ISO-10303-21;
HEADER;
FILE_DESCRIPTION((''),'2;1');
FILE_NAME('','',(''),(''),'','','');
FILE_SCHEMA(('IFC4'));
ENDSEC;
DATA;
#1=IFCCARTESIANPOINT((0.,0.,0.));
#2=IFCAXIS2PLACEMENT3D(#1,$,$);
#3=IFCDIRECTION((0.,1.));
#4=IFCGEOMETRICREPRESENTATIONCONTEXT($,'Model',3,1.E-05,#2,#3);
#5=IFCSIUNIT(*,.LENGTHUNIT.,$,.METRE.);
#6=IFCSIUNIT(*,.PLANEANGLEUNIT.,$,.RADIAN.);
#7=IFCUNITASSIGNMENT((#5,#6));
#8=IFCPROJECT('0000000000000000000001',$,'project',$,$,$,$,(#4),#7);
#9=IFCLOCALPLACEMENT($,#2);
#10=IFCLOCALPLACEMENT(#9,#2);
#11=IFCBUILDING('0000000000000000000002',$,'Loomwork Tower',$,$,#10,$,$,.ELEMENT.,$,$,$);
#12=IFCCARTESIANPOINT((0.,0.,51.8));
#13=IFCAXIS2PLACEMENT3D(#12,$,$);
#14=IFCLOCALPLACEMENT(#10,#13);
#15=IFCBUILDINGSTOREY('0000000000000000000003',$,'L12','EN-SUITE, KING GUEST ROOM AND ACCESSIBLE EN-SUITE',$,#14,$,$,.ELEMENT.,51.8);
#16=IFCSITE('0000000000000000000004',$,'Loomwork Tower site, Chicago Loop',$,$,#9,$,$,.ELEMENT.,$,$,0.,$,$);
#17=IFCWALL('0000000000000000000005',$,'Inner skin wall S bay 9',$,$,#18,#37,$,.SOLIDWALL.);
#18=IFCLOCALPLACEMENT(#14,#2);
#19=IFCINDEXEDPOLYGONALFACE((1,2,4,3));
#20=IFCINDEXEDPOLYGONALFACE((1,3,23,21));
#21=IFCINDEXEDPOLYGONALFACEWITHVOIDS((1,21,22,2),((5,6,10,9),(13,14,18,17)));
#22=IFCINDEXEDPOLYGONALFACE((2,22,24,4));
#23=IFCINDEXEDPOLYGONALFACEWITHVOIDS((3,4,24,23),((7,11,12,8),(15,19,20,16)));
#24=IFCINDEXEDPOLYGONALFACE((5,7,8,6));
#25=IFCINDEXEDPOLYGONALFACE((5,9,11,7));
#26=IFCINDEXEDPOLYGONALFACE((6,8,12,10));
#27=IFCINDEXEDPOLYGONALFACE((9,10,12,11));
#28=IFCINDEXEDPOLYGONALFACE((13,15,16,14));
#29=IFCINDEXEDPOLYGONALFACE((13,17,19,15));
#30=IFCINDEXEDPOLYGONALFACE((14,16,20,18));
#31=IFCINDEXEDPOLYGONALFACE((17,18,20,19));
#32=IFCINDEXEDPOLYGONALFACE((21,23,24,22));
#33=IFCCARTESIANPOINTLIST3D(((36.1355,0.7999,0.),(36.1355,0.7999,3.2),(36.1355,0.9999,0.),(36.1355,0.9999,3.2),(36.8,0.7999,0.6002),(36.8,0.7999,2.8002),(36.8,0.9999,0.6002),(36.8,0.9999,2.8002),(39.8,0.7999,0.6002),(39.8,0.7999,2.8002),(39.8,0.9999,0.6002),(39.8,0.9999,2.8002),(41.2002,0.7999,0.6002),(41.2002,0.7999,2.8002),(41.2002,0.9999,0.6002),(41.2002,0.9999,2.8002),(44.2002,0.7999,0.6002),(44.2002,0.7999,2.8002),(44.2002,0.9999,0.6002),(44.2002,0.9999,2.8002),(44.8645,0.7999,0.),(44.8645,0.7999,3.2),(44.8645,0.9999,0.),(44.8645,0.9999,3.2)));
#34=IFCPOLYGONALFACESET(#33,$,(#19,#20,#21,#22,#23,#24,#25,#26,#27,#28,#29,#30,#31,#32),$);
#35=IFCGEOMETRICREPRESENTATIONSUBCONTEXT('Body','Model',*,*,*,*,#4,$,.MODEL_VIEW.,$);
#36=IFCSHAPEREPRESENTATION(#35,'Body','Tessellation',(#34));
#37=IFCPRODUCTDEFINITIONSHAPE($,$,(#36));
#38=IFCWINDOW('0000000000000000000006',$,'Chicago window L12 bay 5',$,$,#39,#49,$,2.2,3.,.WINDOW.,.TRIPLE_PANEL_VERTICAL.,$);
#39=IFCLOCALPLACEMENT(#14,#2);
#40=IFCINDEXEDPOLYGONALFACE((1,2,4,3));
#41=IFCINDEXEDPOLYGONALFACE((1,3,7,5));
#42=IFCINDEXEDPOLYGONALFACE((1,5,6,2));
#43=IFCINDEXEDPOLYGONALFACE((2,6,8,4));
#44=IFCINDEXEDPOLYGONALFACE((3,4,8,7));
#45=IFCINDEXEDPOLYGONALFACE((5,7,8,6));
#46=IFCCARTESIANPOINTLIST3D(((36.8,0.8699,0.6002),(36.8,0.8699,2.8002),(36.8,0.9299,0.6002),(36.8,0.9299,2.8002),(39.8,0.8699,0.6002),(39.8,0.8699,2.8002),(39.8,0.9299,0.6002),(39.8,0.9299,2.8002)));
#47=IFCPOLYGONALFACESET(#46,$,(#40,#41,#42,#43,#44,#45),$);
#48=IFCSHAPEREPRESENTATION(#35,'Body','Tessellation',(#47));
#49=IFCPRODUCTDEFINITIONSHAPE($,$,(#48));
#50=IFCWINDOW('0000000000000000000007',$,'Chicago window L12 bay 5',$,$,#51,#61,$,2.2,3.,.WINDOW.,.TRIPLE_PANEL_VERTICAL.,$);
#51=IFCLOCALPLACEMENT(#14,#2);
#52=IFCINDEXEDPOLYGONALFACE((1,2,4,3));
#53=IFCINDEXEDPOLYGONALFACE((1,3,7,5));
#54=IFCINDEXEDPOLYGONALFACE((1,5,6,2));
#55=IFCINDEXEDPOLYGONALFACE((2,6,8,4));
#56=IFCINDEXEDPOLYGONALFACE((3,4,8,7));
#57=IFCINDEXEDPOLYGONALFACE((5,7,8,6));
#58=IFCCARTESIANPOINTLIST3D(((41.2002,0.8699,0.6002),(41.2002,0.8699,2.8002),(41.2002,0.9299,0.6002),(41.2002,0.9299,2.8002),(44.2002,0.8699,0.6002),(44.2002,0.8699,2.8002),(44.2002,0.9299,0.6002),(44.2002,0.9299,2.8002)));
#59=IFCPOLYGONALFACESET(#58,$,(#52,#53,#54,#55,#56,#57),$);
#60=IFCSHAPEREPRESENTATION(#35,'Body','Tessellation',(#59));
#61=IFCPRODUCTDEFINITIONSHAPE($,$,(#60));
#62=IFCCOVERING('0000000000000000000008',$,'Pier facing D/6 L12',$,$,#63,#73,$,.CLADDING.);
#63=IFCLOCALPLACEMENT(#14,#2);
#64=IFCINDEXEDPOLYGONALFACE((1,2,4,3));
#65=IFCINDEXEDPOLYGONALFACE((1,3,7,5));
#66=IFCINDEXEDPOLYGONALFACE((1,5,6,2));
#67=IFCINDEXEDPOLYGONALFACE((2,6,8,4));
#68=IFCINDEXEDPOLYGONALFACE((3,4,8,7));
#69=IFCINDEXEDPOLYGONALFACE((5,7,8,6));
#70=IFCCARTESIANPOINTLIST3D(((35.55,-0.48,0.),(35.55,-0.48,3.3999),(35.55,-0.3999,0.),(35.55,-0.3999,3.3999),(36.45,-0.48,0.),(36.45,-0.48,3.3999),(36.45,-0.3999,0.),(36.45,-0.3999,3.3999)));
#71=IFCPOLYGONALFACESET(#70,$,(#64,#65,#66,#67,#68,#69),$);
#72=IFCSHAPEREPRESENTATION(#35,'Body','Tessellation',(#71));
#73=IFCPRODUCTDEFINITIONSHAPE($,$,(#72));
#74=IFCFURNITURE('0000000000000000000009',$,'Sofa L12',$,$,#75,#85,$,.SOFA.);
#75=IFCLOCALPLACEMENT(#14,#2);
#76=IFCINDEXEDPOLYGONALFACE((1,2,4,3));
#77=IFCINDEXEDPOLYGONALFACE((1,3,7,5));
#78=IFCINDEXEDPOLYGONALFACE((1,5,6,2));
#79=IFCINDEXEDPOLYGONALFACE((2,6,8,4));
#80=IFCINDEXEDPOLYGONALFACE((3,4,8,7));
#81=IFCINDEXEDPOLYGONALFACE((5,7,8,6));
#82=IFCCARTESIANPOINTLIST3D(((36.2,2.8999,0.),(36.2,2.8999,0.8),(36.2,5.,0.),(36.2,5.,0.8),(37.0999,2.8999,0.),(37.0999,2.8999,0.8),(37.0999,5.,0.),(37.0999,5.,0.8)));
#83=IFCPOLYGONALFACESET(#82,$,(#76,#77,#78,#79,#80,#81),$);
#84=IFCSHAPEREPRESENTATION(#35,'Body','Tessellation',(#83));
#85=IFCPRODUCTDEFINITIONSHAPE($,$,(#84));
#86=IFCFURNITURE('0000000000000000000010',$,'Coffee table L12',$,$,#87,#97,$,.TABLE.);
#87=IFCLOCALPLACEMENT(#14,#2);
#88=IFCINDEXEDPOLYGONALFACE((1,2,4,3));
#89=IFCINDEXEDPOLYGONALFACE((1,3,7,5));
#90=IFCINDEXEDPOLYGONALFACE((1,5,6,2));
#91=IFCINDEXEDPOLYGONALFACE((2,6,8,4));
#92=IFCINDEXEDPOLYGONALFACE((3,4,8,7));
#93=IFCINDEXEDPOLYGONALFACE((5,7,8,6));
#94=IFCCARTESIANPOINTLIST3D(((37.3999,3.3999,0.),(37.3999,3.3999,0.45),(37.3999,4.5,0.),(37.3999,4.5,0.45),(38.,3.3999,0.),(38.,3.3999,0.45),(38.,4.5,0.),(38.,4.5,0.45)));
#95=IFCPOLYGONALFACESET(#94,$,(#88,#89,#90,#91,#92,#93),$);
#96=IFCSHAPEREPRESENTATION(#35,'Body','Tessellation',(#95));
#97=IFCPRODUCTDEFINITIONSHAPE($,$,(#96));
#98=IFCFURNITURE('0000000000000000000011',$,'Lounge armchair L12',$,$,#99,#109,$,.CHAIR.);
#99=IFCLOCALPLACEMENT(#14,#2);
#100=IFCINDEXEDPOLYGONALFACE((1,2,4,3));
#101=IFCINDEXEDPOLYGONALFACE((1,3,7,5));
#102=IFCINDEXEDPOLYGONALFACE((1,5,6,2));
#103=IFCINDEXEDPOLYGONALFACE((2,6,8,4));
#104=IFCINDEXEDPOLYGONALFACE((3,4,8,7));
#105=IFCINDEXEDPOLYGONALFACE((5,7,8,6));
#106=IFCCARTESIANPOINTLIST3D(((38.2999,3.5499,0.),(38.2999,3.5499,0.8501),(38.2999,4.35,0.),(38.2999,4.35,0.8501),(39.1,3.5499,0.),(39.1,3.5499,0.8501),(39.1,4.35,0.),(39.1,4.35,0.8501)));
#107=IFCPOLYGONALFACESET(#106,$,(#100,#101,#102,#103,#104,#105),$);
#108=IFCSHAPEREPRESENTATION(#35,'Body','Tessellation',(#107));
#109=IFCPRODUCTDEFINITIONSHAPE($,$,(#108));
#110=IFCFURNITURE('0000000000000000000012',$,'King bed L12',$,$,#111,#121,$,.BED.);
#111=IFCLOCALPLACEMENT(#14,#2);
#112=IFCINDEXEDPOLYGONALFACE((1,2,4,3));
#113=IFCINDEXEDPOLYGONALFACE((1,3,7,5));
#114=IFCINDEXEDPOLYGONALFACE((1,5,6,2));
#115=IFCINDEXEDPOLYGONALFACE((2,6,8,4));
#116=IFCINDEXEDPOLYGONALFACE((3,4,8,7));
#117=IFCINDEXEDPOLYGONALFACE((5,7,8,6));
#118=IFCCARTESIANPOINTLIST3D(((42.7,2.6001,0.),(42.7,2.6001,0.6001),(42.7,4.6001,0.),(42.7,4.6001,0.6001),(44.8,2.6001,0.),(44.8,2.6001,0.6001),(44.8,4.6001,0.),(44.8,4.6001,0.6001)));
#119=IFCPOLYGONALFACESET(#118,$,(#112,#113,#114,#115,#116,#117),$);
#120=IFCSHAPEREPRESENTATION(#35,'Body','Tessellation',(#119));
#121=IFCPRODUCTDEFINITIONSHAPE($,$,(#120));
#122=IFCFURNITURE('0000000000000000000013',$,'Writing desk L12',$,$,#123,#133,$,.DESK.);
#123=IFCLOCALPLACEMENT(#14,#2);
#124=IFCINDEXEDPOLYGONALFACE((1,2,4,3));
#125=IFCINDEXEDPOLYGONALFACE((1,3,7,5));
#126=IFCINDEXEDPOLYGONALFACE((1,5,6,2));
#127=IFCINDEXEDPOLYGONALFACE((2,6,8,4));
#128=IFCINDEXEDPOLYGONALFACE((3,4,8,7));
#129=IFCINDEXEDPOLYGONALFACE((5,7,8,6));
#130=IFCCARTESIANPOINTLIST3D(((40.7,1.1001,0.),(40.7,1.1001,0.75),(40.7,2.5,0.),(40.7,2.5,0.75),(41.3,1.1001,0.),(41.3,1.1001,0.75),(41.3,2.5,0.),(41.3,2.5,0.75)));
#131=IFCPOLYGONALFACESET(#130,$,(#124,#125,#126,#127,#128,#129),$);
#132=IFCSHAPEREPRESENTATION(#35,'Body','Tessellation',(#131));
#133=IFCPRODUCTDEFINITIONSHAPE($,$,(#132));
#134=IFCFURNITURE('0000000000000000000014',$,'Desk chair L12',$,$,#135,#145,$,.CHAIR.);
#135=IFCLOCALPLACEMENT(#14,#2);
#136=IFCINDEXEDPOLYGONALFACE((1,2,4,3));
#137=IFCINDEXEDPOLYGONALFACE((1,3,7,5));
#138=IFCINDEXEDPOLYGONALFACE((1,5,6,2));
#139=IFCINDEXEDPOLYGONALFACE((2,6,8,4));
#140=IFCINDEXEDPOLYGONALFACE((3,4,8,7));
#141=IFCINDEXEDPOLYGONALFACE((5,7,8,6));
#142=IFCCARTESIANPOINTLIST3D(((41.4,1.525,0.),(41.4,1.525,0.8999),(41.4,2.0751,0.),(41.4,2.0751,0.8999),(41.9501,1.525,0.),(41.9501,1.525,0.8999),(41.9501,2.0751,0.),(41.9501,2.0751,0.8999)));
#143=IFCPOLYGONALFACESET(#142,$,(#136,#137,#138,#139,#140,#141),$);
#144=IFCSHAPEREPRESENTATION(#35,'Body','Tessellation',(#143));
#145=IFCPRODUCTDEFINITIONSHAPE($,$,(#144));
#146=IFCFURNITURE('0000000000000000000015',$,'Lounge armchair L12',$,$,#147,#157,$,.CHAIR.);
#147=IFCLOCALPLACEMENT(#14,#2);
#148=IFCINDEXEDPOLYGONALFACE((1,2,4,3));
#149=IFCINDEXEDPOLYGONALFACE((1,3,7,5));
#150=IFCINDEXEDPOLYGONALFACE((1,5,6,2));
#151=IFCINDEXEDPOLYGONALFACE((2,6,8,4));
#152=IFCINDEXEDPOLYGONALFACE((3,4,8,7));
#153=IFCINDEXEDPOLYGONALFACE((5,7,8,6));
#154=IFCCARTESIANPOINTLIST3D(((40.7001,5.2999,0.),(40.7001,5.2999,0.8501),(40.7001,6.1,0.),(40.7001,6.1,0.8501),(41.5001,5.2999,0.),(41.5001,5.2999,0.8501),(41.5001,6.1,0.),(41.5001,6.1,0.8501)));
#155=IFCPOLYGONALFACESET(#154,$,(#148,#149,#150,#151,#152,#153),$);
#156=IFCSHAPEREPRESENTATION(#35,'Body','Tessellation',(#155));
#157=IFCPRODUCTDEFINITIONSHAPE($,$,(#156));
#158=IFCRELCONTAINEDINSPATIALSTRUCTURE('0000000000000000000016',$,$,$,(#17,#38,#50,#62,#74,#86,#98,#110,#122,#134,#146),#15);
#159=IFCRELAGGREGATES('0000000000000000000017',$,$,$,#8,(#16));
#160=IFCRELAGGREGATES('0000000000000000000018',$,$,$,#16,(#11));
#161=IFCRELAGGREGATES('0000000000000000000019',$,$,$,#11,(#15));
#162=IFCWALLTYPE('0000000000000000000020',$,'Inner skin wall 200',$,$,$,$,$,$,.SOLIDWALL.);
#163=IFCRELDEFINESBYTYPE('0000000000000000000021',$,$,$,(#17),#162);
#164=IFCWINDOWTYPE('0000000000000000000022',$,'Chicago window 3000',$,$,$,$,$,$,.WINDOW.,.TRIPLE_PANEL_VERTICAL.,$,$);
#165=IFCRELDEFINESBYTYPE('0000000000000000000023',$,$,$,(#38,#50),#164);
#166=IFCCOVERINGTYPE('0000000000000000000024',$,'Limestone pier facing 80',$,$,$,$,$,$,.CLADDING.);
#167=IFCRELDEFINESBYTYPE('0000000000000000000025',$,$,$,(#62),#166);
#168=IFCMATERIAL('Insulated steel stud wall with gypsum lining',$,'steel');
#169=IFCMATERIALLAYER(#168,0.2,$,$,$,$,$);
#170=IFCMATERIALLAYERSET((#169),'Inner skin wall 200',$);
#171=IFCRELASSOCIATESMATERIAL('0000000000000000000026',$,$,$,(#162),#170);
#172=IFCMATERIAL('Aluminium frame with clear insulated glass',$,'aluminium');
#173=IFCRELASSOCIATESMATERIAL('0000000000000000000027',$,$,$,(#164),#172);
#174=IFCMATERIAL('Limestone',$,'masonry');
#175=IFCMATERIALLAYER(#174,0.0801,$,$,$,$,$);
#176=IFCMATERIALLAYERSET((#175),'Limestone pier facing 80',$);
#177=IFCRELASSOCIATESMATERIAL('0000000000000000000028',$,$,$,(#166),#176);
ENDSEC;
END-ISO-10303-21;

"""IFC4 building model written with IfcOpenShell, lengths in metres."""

from ifc_helpers import new_model, si_unit, direction, frame, frame_2d, origin, origin_2d, place, context, subcontext, project, spatial, rectangle, extrude, material, layer, layer_set, type_object, element, fill, save


model = new_model("IFC4")

# Units and contexts
model_context = context("Model", 3, precision=1e-05, world=origin(), true_north=direction((0.0, 1.0)))
body_context = subcontext(model_context, "Body", "Model", "MODEL_VIEW")
ifc_project = project(units=[si_unit("LENGTHUNIT", "METRE"), si_unit("PLANEANGLEUNIT", "RADIAN")], contexts=[model_context])

# Site, building, storey
site_placement = place(None, origin())
site = spatial("IfcSite", under=ifc_project, at=site_placement, Name="Loomwork Tower site, Chicago Loop", CompositionType="ELEMENT", RefElevation=0.0)
building_placement = place(site_placement, origin())
building = spatial("IfcBuilding", under=site, at=building_placement, Name="Loomwork Tower", CompositionType="ELEMENT")
storey_placement = place(building_placement, frame((0.0, 0.0, 51.8)))
storey = spatial("IfcBuildingStorey", under=building, at=storey_placement, Name="L12", Description="EN-SUITE, KING GUEST ROOM AND ACCESSIBLE EN-SUITE", CompositionType="ELEMENT", Elevation=51.8)

# Wall, openings, windows
ifc_material_1 = material(Name="Insulated steel stud wall with gypsum lining", Category="steel")
ifc_layer_1 = layer(ifc_material_1, 0.2)
ifc_layer_set_1 = layer_set([ifc_layer_1], Name="Inner skin wall 200")
wall_type = type_object("IfcWallType", Name="Inner skin wall 200", PredefinedType="SOLIDWALL", material=ifc_layer_set_1)
wall_placement = place(storey_placement, frame((36.1355, 0.8999, 0.0), z_axis=(0.0, 0.0, 1.0), x_axis=(1.0, 0.0, 0.0)))
wall = element("IfcWall", 1, at=wall_placement, inside=storey, type_object=wall_type, Name="Inner skin wall S bay 9", PredefinedType="SOLIDWALL", context=body_context, shape_type="SweptSolid", body=[
    extrude(rectangle(XDim=8.729, YDim=0.2, at=frame_2d((4.3645, 0.0))), origin(), (0.0, 0.0, 1.0), 3.2),
])
opening_1_placement = place(wall_placement, frame((0.6646, 0.0, 0.6001)))
opening_1 = element("IfcOpeningElement", 2, at=opening_1_placement, cuts=wall, PredefinedType="OPENING", context=body_context, shape_type="SweptSolid", body=[
    extrude(rectangle(XDim=3.0, YDim=2.2, at=frame_2d((1.5, 1.1001))), frame((0.0, 0.1099, 0.0), z_axis=(0.0, -1.0, 0.0), x_axis=(1.0, 0.0, 0.0)), (0.0, 0.0, 1.0), 0.22),
])
opening_2_placement = place(wall_placement, frame((5.0647, 0.0, 0.6001)))
opening_2 = element("IfcOpeningElement", 3, at=opening_2_placement, cuts=wall, PredefinedType="OPENING", context=body_context, shape_type="SweptSolid", body=[
    extrude(rectangle(XDim=3.0, YDim=2.2, at=frame_2d((1.5, 1.1001))), frame((0.0, 0.1099, 0.0), z_axis=(0.0, -1.0, 0.0), x_axis=(1.0, 0.0, 0.0)), (0.0, 0.0, 1.0), 0.22),
])
ifc_material_2 = material(Name="Aluminium frame with clear insulated glass", Category="aluminium")
window_type = type_object("IfcWindowType", Name="Chicago window 3000", PartitioningType="TRIPLE_PANEL_VERTICAL", PredefinedType="WINDOW", material=ifc_material_2)
window_1_placement = place(opening_1_placement, origin())
window_1 = element("IfcWindow", 4, at=window_1_placement, inside=storey, type_object=window_type, Name="Chicago window L12 bay 5", OverallHeight=2.2, OverallWidth=3.0, PartitioningType="TRIPLE_PANEL_VERTICAL", PredefinedType="WINDOW", context=body_context, shape_type="SweptSolid", body=[
    extrude(rectangle(XDim=3.0, YDim=2.2, at=frame_2d((1.5, 1.1001))), frame((0.0, 0.03, 0.0), z_axis=(0.0, -1.0, 0.0), x_axis=(1.0, 0.0, 0.0)), (0.0, 0.0, 1.0), 0.0601),
])
fill(opening_1, window_1)
window_2_placement = place(opening_2_placement, origin())
window_2 = element("IfcWindow", 5, at=window_2_placement, inside=storey, type_object=window_type, Name="Chicago window L12 bay 5", OverallHeight=2.2, OverallWidth=3.0, PartitioningType="TRIPLE_PANEL_VERTICAL", PredefinedType="WINDOW", context=body_context, shape_type="SweptSolid", body=[
    extrude(rectangle(XDim=3.0, YDim=2.2, at=frame_2d((1.5, 1.1001))), frame((0.0, 0.03, 0.0), z_axis=(0.0, -1.0, 0.0), x_axis=(1.0, 0.0, 0.0)), (0.0, 0.0, 1.0), 0.0601),
])
fill(opening_2, window_2)

# Covering
ifc_material_3 = material(Name="Limestone", Category="masonry")
ifc_layer_2 = layer(ifc_material_3, 0.0801)
ifc_layer_set_2 = layer_set([ifc_layer_2], Name="Limestone pier facing 80")
covering_type = type_object("IfcCoveringType", Name="Limestone pier facing 80", PredefinedType="CLADDING", material=ifc_layer_set_2)
covering_placement = place(storey_placement, frame((36.0, -0.4399, 0.0), z_axis=(0.0, 0.0, 1.0), x_axis=(1.0, 0.0, 0.0)))
element("IfcCovering", 6, at=covering_placement, inside=storey, type_object=covering_type, Name="Pier facing D/6 L12", PredefinedType="CLADDING", context=body_context, shape_type="SweptSolid", body=[
    extrude(rectangle(XDim=0.8999, YDim=0.0801, at=origin_2d()), origin(), (0.0, 0.0, 1.0), 3.3999),
])

# Furniture
furniture_1_placement = place(storey_placement, frame((36.6499, 3.95, 0.0), z_axis=(0.0, 0.0, 1.0), x_axis=(1.0, 0.0, 0.0)))
element("IfcFurniture", 7, at=furniture_1_placement, inside=storey, Name="Sofa L12", PredefinedType="SOFA", context=body_context, shape_type="SweptSolid", body=[
    extrude(rectangle(XDim=0.8999, YDim=2.1001, at=origin_2d()), origin(), (0.0, 0.0, 1.0), 0.8),
])
furniture_2_placement = place(storey_placement, frame((37.7, 3.95, 0.0), z_axis=(0.0, 0.0, 1.0), x_axis=(1.0, 0.0, 0.0)))
element("IfcFurniture", 8, at=furniture_2_placement, inside=storey, Name="Coffee table L12", PredefinedType="TABLE", context=body_context, shape_type="SweptSolid", body=[
    extrude(rectangle(XDim=0.6001, YDim=1.1001, at=origin_2d()), origin(), (0.0, 0.0, 1.0), 0.45),
])
furniture_3_placement = place(storey_placement, frame((38.7, 3.95, 0.0), z_axis=(0.0, 0.0, 1.0), x_axis=(1.0, 0.0, 0.0)))
element("IfcFurniture", 9, at=furniture_3_placement, inside=storey, Name="Lounge armchair L12", PredefinedType="CHAIR", context=body_context, shape_type="SweptSolid", body=[
    extrude(rectangle(XDim=0.8, YDim=0.8, at=origin_2d()), origin(), (0.0, 0.0, 1.0), 0.8501),
])
furniture_4_placement = place(storey_placement, frame((43.75, 3.6001, 0.0), z_axis=(0.0, 0.0, 1.0), x_axis=(1.0, 0.0, 0.0)))
element("IfcFurniture", 10, at=furniture_4_placement, inside=storey, Name="King bed L12", PredefinedType="BED", context=body_context, shape_type="SweptSolid", body=[
    extrude(rectangle(XDim=2.1001, YDim=2.0, at=origin_2d()), origin(), (0.0, 0.0, 1.0), 0.6001),
])
furniture_5_placement = place(storey_placement, frame((41.0, 1.8, 0.0), z_axis=(0.0, 0.0, 1.0), x_axis=(1.0, 0.0, 0.0)))
element("IfcFurniture", 11, at=furniture_5_placement, inside=storey, Name="Writing desk L12", PredefinedType="DESK", context=body_context, shape_type="SweptSolid", body=[
    extrude(rectangle(XDim=0.6001, YDim=1.3999, at=origin_2d()), origin(), (0.0, 0.0, 1.0), 0.75),
])
furniture_6_placement = place(storey_placement, frame((41.675, 1.8, 0.0), z_axis=(0.0, 0.0, 1.0), x_axis=(1.0, 0.0, 0.0)))
element("IfcFurniture", 12, at=furniture_6_placement, inside=storey, Name="Desk chair L12", PredefinedType="CHAIR", context=body_context, shape_type="SweptSolid", body=[
    extrude(rectangle(XDim=0.55, YDim=0.55, at=origin_2d()), origin(), (0.0, 0.0, 1.0), 0.8999),
])
furniture_7_placement = place(storey_placement, frame((41.1001, 5.7, 0.0), z_axis=(0.0, 0.0, 1.0), x_axis=(1.0, 0.0, 0.0)))
element("IfcFurniture", 13, at=furniture_7_placement, inside=storey, Name="Lounge armchair L12", PredefinedType="CHAIR", context=body_context, shape_type="SweptSolid", body=[
    extrude(rectangle(XDim=0.8, YDim=0.8, at=origin_2d()), origin(), (0.0, 0.0, 1.0), 0.8501),
])

save(model, "model.ifc")
